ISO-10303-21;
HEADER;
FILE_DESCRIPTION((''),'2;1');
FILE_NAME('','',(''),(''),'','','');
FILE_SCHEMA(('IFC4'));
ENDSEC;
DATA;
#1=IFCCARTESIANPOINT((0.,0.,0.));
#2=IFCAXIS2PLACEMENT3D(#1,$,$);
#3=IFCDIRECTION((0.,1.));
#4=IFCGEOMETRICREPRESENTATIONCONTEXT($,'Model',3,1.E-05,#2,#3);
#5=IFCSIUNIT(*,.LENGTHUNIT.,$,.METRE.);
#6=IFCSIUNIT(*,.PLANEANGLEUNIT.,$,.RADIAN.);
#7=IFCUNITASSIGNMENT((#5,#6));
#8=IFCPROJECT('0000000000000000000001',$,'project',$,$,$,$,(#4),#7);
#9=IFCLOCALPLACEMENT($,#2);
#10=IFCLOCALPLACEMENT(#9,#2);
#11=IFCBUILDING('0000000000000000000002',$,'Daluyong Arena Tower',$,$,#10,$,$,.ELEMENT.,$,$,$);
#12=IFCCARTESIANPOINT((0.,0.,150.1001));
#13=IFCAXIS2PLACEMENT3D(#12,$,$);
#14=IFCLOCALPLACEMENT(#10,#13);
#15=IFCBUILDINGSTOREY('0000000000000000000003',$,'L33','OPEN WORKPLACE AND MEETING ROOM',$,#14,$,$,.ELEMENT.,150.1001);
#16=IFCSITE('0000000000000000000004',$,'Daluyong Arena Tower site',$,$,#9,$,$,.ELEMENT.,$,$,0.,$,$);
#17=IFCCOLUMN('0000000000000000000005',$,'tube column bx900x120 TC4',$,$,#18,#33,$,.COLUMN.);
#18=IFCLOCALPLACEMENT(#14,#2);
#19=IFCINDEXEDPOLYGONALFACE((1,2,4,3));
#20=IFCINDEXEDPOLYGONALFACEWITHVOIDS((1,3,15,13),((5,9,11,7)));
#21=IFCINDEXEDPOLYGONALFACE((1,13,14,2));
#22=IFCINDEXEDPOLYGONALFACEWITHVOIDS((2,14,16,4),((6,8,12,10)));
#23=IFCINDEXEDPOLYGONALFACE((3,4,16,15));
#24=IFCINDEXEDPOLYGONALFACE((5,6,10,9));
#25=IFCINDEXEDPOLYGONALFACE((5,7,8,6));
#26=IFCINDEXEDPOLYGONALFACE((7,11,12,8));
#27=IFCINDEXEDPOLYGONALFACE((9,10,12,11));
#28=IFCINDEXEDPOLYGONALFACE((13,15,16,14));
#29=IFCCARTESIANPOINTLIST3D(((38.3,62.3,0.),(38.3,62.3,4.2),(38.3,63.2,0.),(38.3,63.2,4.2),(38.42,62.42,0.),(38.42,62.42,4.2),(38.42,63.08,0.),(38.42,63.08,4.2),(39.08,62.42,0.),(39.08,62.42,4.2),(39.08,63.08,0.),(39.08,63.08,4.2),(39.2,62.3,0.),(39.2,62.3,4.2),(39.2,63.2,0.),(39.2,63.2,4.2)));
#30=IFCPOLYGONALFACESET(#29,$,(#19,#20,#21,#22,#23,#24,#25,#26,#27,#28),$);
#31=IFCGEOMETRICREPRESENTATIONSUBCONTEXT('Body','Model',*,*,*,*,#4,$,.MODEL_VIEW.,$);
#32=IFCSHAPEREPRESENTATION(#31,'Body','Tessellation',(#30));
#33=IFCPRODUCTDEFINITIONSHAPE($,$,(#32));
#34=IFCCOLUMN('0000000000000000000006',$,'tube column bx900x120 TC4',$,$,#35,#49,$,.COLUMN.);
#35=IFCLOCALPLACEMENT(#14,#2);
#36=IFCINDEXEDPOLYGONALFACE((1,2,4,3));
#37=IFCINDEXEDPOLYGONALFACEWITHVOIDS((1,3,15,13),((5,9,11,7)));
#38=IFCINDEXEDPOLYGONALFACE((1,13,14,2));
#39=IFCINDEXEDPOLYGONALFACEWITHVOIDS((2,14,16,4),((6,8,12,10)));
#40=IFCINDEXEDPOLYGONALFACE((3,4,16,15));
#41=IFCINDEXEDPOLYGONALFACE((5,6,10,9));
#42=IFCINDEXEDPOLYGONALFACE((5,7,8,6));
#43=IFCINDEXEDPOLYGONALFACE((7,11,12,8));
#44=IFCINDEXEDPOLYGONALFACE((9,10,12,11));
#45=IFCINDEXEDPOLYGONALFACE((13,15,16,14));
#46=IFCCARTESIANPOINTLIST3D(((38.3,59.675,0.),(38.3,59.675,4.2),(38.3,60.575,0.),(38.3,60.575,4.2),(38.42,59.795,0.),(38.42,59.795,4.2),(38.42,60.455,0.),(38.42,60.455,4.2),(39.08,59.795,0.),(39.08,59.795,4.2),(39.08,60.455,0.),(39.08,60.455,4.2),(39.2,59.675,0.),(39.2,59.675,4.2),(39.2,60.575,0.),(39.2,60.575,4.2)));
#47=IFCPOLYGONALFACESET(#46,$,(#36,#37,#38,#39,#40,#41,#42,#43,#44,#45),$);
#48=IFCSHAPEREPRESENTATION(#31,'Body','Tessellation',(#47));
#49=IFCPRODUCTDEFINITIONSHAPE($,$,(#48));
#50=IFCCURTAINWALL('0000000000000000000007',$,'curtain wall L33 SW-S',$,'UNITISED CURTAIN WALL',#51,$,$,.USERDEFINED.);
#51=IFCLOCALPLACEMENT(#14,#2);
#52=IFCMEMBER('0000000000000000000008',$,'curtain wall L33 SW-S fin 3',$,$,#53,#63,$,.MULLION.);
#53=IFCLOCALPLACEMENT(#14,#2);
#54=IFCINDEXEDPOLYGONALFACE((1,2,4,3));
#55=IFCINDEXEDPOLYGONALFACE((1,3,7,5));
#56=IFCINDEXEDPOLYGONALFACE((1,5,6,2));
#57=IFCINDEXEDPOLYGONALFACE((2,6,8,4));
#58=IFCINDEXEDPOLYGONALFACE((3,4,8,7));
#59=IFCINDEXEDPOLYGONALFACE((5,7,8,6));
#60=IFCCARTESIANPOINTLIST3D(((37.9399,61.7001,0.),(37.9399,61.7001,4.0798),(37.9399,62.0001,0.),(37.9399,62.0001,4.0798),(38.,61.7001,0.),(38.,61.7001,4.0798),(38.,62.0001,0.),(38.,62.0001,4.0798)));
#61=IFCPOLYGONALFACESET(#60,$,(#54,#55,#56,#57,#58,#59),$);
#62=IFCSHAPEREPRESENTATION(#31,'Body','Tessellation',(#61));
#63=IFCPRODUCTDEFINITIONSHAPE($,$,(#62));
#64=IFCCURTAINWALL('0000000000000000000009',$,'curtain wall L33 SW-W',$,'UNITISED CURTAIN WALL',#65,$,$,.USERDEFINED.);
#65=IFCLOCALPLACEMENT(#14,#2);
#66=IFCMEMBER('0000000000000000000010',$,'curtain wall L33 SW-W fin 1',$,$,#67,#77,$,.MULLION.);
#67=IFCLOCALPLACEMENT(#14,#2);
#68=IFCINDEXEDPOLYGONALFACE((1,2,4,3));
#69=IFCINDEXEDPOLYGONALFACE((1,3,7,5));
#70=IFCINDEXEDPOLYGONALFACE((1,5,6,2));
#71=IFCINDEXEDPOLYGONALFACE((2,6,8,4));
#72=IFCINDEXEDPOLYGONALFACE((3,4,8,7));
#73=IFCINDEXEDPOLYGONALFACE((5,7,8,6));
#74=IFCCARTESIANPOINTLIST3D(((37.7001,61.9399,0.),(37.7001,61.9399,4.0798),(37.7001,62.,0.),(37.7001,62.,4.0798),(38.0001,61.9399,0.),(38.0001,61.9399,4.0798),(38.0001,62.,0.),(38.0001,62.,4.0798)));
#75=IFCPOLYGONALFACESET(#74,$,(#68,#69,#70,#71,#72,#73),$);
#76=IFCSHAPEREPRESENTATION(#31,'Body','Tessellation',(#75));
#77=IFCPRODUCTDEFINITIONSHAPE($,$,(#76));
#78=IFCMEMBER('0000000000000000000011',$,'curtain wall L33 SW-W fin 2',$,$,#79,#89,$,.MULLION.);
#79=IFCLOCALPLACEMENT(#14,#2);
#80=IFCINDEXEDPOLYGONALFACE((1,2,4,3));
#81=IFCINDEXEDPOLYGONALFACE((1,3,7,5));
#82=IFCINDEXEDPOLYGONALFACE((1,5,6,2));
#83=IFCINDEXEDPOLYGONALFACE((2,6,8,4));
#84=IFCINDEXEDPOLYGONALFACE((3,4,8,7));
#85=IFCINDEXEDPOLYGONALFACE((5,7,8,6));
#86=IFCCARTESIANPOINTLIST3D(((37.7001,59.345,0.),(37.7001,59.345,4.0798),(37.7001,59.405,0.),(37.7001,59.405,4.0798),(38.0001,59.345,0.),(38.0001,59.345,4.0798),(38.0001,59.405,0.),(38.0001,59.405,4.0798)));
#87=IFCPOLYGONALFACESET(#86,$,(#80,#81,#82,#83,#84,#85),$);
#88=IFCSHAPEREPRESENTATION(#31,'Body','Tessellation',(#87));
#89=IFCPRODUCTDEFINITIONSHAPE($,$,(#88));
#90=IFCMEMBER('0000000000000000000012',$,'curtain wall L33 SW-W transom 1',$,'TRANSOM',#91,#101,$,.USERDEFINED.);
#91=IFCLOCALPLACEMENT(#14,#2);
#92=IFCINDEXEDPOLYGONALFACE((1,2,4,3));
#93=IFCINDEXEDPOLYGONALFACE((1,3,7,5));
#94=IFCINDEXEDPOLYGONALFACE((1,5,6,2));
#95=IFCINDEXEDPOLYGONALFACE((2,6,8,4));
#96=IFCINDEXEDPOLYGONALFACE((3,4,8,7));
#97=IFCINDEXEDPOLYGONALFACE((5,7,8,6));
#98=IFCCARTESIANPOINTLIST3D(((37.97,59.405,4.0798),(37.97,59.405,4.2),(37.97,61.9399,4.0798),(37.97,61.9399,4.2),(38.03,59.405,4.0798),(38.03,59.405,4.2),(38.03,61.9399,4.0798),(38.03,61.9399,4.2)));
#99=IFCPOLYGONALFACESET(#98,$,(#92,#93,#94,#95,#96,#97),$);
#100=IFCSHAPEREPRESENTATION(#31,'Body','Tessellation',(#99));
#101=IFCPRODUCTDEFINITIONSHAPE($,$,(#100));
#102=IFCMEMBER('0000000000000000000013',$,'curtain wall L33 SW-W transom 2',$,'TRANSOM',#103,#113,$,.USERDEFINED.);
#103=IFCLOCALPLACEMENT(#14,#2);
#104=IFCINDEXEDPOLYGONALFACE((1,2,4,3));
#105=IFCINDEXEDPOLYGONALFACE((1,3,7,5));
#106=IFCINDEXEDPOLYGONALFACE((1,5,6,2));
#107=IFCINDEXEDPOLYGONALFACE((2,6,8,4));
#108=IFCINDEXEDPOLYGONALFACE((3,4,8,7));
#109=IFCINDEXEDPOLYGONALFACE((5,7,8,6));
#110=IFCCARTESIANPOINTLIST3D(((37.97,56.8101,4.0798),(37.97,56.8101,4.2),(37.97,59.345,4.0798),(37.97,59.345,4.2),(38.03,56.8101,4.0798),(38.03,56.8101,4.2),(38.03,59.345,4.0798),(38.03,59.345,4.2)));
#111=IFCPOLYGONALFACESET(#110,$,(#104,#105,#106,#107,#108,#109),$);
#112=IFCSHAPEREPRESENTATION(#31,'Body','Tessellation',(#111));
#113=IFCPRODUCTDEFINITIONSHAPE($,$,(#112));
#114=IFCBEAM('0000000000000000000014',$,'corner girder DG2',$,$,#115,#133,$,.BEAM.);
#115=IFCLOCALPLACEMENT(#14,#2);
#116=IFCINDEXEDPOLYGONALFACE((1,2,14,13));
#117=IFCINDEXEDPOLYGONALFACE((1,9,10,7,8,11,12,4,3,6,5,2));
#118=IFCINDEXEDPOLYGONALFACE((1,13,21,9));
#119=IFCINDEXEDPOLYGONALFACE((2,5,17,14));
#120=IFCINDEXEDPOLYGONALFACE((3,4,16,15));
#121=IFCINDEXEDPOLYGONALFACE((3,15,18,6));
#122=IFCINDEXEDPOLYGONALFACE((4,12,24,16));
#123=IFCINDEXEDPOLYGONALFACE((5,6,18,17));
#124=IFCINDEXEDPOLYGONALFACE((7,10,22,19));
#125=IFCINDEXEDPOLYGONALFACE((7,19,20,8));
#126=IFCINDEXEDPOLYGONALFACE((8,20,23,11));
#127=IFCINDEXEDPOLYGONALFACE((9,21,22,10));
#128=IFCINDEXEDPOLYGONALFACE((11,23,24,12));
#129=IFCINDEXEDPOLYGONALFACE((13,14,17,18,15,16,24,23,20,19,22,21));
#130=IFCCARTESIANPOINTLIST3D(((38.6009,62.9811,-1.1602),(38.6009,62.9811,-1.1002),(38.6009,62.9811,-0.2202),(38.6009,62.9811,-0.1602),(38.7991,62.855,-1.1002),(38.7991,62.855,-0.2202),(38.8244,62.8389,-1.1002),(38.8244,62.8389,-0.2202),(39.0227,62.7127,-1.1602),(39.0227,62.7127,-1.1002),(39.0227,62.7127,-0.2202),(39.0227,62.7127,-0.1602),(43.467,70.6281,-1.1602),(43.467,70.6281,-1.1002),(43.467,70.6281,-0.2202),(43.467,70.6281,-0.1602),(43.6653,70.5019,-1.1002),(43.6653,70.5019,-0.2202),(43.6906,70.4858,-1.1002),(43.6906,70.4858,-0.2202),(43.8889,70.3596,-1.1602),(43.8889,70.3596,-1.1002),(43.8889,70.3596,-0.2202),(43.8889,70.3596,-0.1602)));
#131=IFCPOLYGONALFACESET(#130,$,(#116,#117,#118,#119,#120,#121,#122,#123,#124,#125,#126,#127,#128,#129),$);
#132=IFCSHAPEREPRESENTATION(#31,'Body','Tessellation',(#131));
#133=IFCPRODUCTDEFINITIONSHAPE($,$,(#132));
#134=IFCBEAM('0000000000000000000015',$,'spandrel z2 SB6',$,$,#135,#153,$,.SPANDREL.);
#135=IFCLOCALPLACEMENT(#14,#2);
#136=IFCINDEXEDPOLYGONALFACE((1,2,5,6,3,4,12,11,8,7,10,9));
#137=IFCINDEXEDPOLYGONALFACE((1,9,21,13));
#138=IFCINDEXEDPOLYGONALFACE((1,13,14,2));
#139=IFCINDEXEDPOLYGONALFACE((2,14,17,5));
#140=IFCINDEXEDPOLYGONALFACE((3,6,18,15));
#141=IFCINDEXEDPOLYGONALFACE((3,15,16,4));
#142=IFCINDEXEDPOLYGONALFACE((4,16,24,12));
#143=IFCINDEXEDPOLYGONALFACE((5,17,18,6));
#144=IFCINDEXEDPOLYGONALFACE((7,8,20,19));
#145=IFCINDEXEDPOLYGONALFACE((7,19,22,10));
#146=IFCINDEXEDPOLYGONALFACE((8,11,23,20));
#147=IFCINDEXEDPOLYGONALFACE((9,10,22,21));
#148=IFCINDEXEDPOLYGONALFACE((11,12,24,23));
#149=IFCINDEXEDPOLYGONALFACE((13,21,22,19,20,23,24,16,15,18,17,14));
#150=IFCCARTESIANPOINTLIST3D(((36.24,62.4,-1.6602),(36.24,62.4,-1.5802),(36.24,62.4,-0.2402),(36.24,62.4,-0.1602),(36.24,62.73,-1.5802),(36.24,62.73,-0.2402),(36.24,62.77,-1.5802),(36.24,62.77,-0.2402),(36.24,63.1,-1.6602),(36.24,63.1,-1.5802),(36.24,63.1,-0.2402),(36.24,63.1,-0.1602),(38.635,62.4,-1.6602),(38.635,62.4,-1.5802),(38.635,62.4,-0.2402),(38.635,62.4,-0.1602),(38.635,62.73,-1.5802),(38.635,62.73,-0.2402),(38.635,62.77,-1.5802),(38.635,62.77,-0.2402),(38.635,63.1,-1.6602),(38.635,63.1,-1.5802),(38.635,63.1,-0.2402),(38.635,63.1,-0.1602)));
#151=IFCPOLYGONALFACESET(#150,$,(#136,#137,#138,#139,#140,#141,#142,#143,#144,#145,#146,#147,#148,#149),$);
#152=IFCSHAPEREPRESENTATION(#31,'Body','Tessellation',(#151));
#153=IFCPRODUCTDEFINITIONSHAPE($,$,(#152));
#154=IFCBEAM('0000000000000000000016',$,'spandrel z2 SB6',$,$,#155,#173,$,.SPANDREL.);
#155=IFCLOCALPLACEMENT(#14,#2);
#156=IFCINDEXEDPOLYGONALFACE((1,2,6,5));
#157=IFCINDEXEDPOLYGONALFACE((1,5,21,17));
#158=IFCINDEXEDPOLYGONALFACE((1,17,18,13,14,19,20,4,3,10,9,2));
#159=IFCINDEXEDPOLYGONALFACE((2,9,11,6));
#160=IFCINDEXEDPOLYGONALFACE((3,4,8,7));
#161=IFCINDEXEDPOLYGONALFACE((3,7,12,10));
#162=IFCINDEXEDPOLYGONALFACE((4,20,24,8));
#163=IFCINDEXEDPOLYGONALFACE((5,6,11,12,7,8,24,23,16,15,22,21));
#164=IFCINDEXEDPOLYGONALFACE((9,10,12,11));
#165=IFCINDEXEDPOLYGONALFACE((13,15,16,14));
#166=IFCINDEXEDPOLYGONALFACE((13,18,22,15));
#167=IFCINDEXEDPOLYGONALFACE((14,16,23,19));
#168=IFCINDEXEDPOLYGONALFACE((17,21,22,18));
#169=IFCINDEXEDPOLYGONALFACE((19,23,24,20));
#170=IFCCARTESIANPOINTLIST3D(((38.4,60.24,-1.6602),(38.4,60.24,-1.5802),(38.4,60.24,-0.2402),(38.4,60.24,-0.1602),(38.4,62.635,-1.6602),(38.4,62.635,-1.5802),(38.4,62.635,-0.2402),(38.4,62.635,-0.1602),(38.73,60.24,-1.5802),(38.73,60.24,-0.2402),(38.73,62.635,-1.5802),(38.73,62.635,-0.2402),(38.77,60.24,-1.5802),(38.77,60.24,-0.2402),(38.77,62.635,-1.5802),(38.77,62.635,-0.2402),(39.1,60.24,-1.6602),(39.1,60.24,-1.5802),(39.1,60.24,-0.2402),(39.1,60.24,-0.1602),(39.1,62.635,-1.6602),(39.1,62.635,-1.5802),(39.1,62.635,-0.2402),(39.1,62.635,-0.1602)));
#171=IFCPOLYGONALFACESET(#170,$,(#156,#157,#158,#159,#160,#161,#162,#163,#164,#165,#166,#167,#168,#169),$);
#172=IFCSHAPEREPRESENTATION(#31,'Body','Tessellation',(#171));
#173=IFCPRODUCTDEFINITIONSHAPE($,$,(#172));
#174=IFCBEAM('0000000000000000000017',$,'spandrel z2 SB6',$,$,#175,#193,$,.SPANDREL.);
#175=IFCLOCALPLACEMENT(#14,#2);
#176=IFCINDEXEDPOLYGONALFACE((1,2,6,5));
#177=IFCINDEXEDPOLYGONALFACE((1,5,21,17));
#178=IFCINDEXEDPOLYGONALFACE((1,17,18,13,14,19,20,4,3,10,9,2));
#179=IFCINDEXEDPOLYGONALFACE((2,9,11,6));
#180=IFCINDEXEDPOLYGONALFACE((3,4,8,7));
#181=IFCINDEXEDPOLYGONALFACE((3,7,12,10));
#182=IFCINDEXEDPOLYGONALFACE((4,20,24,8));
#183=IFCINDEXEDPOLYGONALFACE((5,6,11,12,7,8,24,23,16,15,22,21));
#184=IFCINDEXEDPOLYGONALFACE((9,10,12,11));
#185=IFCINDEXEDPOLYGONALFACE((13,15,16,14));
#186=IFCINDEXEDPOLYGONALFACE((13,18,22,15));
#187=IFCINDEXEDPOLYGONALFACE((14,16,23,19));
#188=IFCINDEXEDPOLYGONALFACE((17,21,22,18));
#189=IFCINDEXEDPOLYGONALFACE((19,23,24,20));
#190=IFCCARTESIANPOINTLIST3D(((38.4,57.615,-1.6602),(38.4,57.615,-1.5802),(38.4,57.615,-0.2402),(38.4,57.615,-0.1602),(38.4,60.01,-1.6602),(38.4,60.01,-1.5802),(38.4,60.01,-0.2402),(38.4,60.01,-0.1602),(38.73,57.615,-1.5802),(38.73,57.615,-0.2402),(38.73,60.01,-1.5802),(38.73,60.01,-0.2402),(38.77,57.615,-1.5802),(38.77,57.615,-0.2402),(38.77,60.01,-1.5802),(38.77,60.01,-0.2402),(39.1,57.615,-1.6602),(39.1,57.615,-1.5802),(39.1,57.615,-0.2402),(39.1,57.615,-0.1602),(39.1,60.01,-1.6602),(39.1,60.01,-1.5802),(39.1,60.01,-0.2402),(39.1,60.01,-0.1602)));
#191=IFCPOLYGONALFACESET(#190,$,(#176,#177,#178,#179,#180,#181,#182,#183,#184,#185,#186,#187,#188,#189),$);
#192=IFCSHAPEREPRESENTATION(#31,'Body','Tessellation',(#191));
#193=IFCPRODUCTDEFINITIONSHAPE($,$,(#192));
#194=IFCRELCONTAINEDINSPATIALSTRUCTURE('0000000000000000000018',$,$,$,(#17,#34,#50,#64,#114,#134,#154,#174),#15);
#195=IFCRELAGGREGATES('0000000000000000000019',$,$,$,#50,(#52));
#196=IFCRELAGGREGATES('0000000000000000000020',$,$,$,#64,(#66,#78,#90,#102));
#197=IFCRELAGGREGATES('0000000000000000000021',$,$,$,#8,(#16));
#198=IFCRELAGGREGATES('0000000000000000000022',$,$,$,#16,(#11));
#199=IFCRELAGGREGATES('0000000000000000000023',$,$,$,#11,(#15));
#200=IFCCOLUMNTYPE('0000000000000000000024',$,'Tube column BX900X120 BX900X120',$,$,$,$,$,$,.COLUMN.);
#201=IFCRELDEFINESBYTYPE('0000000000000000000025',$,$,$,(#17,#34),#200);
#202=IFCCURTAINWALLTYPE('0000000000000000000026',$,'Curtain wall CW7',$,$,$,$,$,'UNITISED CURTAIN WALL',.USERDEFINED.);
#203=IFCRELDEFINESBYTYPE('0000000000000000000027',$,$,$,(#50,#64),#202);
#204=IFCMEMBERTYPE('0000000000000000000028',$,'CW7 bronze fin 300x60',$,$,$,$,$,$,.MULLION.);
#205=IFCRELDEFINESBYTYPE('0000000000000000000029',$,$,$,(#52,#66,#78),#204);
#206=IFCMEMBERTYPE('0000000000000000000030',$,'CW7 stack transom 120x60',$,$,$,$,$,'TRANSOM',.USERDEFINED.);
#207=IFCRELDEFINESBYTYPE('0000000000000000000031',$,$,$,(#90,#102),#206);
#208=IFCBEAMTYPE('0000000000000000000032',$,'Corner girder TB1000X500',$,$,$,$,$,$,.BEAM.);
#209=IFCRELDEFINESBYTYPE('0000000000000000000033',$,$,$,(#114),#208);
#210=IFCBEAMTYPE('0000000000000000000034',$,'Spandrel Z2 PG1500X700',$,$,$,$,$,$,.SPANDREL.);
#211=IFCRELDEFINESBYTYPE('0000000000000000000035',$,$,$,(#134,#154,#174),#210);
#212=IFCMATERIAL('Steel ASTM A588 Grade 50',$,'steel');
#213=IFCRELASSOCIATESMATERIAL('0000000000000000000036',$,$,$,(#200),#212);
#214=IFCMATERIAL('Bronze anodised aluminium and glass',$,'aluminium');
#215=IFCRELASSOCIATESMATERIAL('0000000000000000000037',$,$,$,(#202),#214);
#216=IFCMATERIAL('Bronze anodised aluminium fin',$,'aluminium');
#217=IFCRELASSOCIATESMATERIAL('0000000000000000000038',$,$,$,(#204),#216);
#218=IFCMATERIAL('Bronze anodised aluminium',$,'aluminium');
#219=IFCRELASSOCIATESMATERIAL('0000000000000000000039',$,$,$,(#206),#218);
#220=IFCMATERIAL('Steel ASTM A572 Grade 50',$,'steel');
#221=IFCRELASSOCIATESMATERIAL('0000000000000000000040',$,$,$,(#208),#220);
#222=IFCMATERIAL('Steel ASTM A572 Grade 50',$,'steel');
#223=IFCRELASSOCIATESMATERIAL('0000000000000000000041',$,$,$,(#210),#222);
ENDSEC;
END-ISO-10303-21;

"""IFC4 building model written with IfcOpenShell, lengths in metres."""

from ifc_helpers import new_model, si_unit, direction, frame, origin, origin_2d, place, context, subcontext, project, spatial, rectangle, hollow_rectangle, i_section, extrude, material, material_profile, profile_set, type_object, element, aggregate, save


model = new_model("IFC4")

# Units and contexts
model_context = context("Model", 3, precision=1e-05, world=origin(), true_north=direction((0.0, 1.0)))
body_context = subcontext(model_context, "Body", "Model", "MODEL_VIEW")
ifc_project = project(units=[si_unit("LENGTHUNIT", "METRE"), si_unit("PLANEANGLEUNIT", "RADIAN")], contexts=[model_context])

# Site, building, storey
site_placement = place(None, origin())
site = spatial("IfcSite", under=ifc_project, at=site_placement, Name="Daluyong Arena Tower site", CompositionType="ELEMENT", RefElevation=0.0)
building_placement = place(site_placement, origin())
building = spatial("IfcBuilding", under=site, at=building_placement, Name="Daluyong Arena Tower", CompositionType="ELEMENT")
storey_placement = place(building_placement, frame((0.0, 0.0, 150.1001)))
storey = spatial("IfcBuildingStorey", under=building, at=storey_placement, Name="L33", Description="OPEN WORKPLACE AND MEETING ROOM", CompositionType="ELEMENT", Elevation=150.1001)

# Columns
ifc_material_1 = material(Name="Steel ASTM A588 Grade 50", Category="steel")
ifc_material_profile_1 = material_profile(ifc_material_1, hollow_rectangle(XDim=0.8999, YDim=0.8999, WallThickness=0.12, at=origin_2d()))
ifc_profile_set_1 = profile_set([ifc_material_profile_1], Name="Steel ASTM A588 Grade 50")
column_type = type_object("IfcColumnType", Name="Tube column BX900X120 BX900X120", PredefinedType="COLUMN", material=ifc_profile_set_1)
for number, where, z_axis, x_axis, name in (
    (1, (38.75, 62.75, 0.0), (0.0, 0.0, 1.0), (0.0, 1.0, 0.0), "tube column bx900x120 TC4"),
    (2, (38.75, 60.125, 0.0), (0.0, 0.0, 1.0), (0.0, 1.0, 0.0), "tube column bx900x120 TC4"),
):
    element("IfcColumn", number, at=place(storey_placement, frame(where, z_axis=z_axis, x_axis=x_axis)), inside=storey, type_object=column_type, Name=name, PredefinedType="COLUMN", context=body_context, shape_type="SweptSolid", body=[
        extrude(hollow_rectangle(XDim=0.8999, YDim=0.8999, WallThickness=0.12, at=origin_2d()), origin(), (0.0, 0.0, 1.0), 4.2),
    ])

# Curtain wall, member
ifc_material_2 = material(Name="Bronze anodised aluminium and glass", Category="aluminium")
curtain_wall_type = type_object("IfcCurtainWallType", Name="Curtain wall CW7", ElementType="UNITISED CURTAIN WALL", PredefinedType="USERDEFINED", material=ifc_material_2)
curtain_wall_1_placement = place(storey_placement, origin())
curtain_wall_1 = element("IfcCurtainWall", 3, at=curtain_wall_1_placement, inside=storey, type_object=curtain_wall_type, Name="curtain wall L33 SW-S", ObjectType="UNITISED CURTAIN WALL", PredefinedType="USERDEFINED")
ifc_material_3 = material(Name="Bronze anodised aluminium fin", Category="aluminium")
ifc_material_profile_2 = material_profile(ifc_material_3, rectangle(XDim=0.3, YDim=0.0601, at=origin_2d()))
ifc_profile_set_2 = profile_set([ifc_material_profile_2], Name="Bronze anodised aluminium fin")
member_type_1 = type_object("IfcMemberType", Name="CW7 bronze fin 300x60", PredefinedType="MULLION", material=ifc_profile_set_2)
member_1_placement = place(storey_placement, frame((37.97, 61.8501, 0.0), z_axis=(0.0, 0.0, 1.0), x_axis=(0.0, 1.0, 0.0)))
member_1 = element("IfcMember", 4, at=member_1_placement, type_object=member_type_1, Name="curtain wall L33 SW-S fin 3", PredefinedType="MULLION", context=body_context, shape_type="SweptSolid", body=[
    extrude(rectangle(XDim=0.3, YDim=0.0601, at=origin_2d()), origin(), (0.0, 0.0, 1.0), 4.0798),
])

# Curtain wall, members
curtain_wall_2_placement = place(storey_placement, origin())
curtain_wall_2 = element("IfcCurtainWall", 5, at=curtain_wall_2_placement, inside=storey, type_object=curtain_wall_type, Name="curtain wall L33 SW-W", ObjectType="UNITISED CURTAIN WALL", PredefinedType="USERDEFINED")
member_2_placement = place(storey_placement, frame((37.8501, 61.97, 0.0), z_axis=(0.0, 0.0, 1.0), x_axis=(1.0, 0.0, 0.0)))
member_2 = element("IfcMember", 6, at=member_2_placement, type_object=member_type_1, Name="curtain wall L33 SW-W fin 1", PredefinedType="MULLION", context=body_context, shape_type="SweptSolid", body=[
    extrude(rectangle(XDim=0.3, YDim=0.0601, at=origin_2d()), origin(), (0.0, 0.0, 1.0), 4.0798),
])
member_3_placement = place(storey_placement, frame((37.8501, 59.375, 0.0), z_axis=(0.0, 0.0, 1.0), x_axis=(1.0, 0.0, 0.0)))
member_3 = element("IfcMember", 7, at=member_3_placement, type_object=member_type_1, Name="curtain wall L33 SW-W fin 2", PredefinedType="MULLION", context=body_context, shape_type="SweptSolid", body=[
    extrude(rectangle(XDim=0.3, YDim=0.0601, at=origin_2d()), origin(), (0.0, 0.0, 1.0), 4.0798),
])
ifc_material_4 = material(Name="Bronze anodised aluminium", Category="aluminium")
ifc_material_profile_3 = material_profile(ifc_material_4, rectangle(XDim=0.0601, YDim=0.1201, at=origin_2d()))
ifc_profile_set_3 = profile_set([ifc_material_profile_3], Name="Bronze anodised aluminium")
member_type_2 = type_object("IfcMemberType", Name="CW7 stack transom 120x60", ElementType="TRANSOM", PredefinedType="USERDEFINED", material=ifc_profile_set_3)
member_4_placement = place(storey_placement, frame((38.0, 61.9399, 4.1399), z_axis=(0.0, -1.0, 0.0), x_axis=(1.0, 0.0, 0.0)))
member_4 = element("IfcMember", 8, at=member_4_placement, type_object=member_type_2, Name="curtain wall L33 SW-W transom 1", ObjectType="TRANSOM", PredefinedType="USERDEFINED", context=body_context, shape_type="SweptSolid", body=[
    extrude(rectangle(XDim=0.0601, YDim=0.1201, at=origin_2d()), origin(), (0.0, 0.0, 1.0), 2.5349),
])
member_5_placement = place(storey_placement, frame((38.0, 59.345, 4.1399), z_axis=(0.0, -1.0, 0.0), x_axis=(1.0, 0.0, 0.0)))
member_5 = element("IfcMember", 9, at=member_5_placement, type_object=member_type_2, Name="curtain wall L33 SW-W transom 2", ObjectType="TRANSOM", PredefinedType="USERDEFINED", context=body_context, shape_type="SweptSolid", body=[
    extrude(rectangle(XDim=0.0601, YDim=0.1201, at=origin_2d()), origin(), (0.0, 0.0, 1.0), 2.5349),
])

# Beams
ifc_material_5 = material(Name="Steel ASTM A572 Grade 50", Category="steel")
ifc_material_profile_4 = material_profile(ifc_material_5, i_section(OverallWidth=0.5, OverallDepth=1.0, WebThickness=0.03, FlangeThickness=0.06, at=origin_2d()))
ifc_profile_set_4 = profile_set([ifc_material_profile_4], Name="Steel ASTM A572 Grade 50")
beam_type_1 = type_object("IfcBeamType", Name="Corner girder TB1000X500", PredefinedType="BEAM", material=ifc_profile_set_4)
beam_placement = place(storey_placement, frame((38.8118, 62.8469, -0.6602), z_axis=(0.536872, 0.843664, 0.0), x_axis=(-0.843664, 0.536872, 0.0)))
element("IfcBeam", 10, at=beam_placement, inside=storey, type_object=beam_type_1, Name="corner girder DG2", PredefinedType="BEAM", context=body_context, shape_type="SweptSolid", body=[
    extrude(i_section(OverallWidth=0.5, OverallDepth=1.0, WebThickness=0.03, FlangeThickness=0.06, at=origin_2d()), origin(), (0.0, 0.0, 1.0), 9.064),
])
ifc_material_6 = material(Name="Steel ASTM A572 Grade 50", Category="steel")
ifc_material_profile_5 = material_profile(ifc_material_6, i_section(OverallWidth=0.7, OverallDepth=1.5, WebThickness=0.04, FlangeThickness=0.08, at=origin_2d()))
ifc_profile_set_5 = profile_set([ifc_material_profile_5], Name="Steel ASTM A572 Grade 50")
beam_type_2 = type_object("IfcBeamType", Name="Spandrel Z2 PG1500X700", PredefinedType="SPANDREL", material=ifc_profile_set_5)
for number, where, z_axis, x_axis, name in (
    (11, (36.24, 62.75, -0.9102), (1.0, 0.0, 0.0), (0.0, 1.0, 0.0), "spandrel z2 SB6"),
    (12, (38.75, 62.635, -0.9102), (0.0, -1.0, 0.0), (1.0, 0.0, 0.0), "spandrel z2 SB6"),
    (13, (38.75, 60.01, -0.9102), (0.0, -1.0, 0.0), (1.0, 0.0, 0.0), "spandrel z2 SB6"),
):
    element("IfcBeam", number, at=place(storey_placement, frame(where, z_axis=z_axis, x_axis=x_axis)), inside=storey, type_object=beam_type_2, Name=name, PredefinedType="SPANDREL", context=body_context, shape_type="SweptSolid", body=[
        extrude(i_section(OverallWidth=0.7, OverallDepth=1.5, WebThickness=0.04, FlangeThickness=0.08, at=origin_2d()), origin(), (0.0, 0.0, 1.0), 2.395),
    ])

aggregate(curtain_wall_1, [member_1])
aggregate(curtain_wall_2, [member_2, member_3, member_4, member_5])

save(model, "model.ifc")
